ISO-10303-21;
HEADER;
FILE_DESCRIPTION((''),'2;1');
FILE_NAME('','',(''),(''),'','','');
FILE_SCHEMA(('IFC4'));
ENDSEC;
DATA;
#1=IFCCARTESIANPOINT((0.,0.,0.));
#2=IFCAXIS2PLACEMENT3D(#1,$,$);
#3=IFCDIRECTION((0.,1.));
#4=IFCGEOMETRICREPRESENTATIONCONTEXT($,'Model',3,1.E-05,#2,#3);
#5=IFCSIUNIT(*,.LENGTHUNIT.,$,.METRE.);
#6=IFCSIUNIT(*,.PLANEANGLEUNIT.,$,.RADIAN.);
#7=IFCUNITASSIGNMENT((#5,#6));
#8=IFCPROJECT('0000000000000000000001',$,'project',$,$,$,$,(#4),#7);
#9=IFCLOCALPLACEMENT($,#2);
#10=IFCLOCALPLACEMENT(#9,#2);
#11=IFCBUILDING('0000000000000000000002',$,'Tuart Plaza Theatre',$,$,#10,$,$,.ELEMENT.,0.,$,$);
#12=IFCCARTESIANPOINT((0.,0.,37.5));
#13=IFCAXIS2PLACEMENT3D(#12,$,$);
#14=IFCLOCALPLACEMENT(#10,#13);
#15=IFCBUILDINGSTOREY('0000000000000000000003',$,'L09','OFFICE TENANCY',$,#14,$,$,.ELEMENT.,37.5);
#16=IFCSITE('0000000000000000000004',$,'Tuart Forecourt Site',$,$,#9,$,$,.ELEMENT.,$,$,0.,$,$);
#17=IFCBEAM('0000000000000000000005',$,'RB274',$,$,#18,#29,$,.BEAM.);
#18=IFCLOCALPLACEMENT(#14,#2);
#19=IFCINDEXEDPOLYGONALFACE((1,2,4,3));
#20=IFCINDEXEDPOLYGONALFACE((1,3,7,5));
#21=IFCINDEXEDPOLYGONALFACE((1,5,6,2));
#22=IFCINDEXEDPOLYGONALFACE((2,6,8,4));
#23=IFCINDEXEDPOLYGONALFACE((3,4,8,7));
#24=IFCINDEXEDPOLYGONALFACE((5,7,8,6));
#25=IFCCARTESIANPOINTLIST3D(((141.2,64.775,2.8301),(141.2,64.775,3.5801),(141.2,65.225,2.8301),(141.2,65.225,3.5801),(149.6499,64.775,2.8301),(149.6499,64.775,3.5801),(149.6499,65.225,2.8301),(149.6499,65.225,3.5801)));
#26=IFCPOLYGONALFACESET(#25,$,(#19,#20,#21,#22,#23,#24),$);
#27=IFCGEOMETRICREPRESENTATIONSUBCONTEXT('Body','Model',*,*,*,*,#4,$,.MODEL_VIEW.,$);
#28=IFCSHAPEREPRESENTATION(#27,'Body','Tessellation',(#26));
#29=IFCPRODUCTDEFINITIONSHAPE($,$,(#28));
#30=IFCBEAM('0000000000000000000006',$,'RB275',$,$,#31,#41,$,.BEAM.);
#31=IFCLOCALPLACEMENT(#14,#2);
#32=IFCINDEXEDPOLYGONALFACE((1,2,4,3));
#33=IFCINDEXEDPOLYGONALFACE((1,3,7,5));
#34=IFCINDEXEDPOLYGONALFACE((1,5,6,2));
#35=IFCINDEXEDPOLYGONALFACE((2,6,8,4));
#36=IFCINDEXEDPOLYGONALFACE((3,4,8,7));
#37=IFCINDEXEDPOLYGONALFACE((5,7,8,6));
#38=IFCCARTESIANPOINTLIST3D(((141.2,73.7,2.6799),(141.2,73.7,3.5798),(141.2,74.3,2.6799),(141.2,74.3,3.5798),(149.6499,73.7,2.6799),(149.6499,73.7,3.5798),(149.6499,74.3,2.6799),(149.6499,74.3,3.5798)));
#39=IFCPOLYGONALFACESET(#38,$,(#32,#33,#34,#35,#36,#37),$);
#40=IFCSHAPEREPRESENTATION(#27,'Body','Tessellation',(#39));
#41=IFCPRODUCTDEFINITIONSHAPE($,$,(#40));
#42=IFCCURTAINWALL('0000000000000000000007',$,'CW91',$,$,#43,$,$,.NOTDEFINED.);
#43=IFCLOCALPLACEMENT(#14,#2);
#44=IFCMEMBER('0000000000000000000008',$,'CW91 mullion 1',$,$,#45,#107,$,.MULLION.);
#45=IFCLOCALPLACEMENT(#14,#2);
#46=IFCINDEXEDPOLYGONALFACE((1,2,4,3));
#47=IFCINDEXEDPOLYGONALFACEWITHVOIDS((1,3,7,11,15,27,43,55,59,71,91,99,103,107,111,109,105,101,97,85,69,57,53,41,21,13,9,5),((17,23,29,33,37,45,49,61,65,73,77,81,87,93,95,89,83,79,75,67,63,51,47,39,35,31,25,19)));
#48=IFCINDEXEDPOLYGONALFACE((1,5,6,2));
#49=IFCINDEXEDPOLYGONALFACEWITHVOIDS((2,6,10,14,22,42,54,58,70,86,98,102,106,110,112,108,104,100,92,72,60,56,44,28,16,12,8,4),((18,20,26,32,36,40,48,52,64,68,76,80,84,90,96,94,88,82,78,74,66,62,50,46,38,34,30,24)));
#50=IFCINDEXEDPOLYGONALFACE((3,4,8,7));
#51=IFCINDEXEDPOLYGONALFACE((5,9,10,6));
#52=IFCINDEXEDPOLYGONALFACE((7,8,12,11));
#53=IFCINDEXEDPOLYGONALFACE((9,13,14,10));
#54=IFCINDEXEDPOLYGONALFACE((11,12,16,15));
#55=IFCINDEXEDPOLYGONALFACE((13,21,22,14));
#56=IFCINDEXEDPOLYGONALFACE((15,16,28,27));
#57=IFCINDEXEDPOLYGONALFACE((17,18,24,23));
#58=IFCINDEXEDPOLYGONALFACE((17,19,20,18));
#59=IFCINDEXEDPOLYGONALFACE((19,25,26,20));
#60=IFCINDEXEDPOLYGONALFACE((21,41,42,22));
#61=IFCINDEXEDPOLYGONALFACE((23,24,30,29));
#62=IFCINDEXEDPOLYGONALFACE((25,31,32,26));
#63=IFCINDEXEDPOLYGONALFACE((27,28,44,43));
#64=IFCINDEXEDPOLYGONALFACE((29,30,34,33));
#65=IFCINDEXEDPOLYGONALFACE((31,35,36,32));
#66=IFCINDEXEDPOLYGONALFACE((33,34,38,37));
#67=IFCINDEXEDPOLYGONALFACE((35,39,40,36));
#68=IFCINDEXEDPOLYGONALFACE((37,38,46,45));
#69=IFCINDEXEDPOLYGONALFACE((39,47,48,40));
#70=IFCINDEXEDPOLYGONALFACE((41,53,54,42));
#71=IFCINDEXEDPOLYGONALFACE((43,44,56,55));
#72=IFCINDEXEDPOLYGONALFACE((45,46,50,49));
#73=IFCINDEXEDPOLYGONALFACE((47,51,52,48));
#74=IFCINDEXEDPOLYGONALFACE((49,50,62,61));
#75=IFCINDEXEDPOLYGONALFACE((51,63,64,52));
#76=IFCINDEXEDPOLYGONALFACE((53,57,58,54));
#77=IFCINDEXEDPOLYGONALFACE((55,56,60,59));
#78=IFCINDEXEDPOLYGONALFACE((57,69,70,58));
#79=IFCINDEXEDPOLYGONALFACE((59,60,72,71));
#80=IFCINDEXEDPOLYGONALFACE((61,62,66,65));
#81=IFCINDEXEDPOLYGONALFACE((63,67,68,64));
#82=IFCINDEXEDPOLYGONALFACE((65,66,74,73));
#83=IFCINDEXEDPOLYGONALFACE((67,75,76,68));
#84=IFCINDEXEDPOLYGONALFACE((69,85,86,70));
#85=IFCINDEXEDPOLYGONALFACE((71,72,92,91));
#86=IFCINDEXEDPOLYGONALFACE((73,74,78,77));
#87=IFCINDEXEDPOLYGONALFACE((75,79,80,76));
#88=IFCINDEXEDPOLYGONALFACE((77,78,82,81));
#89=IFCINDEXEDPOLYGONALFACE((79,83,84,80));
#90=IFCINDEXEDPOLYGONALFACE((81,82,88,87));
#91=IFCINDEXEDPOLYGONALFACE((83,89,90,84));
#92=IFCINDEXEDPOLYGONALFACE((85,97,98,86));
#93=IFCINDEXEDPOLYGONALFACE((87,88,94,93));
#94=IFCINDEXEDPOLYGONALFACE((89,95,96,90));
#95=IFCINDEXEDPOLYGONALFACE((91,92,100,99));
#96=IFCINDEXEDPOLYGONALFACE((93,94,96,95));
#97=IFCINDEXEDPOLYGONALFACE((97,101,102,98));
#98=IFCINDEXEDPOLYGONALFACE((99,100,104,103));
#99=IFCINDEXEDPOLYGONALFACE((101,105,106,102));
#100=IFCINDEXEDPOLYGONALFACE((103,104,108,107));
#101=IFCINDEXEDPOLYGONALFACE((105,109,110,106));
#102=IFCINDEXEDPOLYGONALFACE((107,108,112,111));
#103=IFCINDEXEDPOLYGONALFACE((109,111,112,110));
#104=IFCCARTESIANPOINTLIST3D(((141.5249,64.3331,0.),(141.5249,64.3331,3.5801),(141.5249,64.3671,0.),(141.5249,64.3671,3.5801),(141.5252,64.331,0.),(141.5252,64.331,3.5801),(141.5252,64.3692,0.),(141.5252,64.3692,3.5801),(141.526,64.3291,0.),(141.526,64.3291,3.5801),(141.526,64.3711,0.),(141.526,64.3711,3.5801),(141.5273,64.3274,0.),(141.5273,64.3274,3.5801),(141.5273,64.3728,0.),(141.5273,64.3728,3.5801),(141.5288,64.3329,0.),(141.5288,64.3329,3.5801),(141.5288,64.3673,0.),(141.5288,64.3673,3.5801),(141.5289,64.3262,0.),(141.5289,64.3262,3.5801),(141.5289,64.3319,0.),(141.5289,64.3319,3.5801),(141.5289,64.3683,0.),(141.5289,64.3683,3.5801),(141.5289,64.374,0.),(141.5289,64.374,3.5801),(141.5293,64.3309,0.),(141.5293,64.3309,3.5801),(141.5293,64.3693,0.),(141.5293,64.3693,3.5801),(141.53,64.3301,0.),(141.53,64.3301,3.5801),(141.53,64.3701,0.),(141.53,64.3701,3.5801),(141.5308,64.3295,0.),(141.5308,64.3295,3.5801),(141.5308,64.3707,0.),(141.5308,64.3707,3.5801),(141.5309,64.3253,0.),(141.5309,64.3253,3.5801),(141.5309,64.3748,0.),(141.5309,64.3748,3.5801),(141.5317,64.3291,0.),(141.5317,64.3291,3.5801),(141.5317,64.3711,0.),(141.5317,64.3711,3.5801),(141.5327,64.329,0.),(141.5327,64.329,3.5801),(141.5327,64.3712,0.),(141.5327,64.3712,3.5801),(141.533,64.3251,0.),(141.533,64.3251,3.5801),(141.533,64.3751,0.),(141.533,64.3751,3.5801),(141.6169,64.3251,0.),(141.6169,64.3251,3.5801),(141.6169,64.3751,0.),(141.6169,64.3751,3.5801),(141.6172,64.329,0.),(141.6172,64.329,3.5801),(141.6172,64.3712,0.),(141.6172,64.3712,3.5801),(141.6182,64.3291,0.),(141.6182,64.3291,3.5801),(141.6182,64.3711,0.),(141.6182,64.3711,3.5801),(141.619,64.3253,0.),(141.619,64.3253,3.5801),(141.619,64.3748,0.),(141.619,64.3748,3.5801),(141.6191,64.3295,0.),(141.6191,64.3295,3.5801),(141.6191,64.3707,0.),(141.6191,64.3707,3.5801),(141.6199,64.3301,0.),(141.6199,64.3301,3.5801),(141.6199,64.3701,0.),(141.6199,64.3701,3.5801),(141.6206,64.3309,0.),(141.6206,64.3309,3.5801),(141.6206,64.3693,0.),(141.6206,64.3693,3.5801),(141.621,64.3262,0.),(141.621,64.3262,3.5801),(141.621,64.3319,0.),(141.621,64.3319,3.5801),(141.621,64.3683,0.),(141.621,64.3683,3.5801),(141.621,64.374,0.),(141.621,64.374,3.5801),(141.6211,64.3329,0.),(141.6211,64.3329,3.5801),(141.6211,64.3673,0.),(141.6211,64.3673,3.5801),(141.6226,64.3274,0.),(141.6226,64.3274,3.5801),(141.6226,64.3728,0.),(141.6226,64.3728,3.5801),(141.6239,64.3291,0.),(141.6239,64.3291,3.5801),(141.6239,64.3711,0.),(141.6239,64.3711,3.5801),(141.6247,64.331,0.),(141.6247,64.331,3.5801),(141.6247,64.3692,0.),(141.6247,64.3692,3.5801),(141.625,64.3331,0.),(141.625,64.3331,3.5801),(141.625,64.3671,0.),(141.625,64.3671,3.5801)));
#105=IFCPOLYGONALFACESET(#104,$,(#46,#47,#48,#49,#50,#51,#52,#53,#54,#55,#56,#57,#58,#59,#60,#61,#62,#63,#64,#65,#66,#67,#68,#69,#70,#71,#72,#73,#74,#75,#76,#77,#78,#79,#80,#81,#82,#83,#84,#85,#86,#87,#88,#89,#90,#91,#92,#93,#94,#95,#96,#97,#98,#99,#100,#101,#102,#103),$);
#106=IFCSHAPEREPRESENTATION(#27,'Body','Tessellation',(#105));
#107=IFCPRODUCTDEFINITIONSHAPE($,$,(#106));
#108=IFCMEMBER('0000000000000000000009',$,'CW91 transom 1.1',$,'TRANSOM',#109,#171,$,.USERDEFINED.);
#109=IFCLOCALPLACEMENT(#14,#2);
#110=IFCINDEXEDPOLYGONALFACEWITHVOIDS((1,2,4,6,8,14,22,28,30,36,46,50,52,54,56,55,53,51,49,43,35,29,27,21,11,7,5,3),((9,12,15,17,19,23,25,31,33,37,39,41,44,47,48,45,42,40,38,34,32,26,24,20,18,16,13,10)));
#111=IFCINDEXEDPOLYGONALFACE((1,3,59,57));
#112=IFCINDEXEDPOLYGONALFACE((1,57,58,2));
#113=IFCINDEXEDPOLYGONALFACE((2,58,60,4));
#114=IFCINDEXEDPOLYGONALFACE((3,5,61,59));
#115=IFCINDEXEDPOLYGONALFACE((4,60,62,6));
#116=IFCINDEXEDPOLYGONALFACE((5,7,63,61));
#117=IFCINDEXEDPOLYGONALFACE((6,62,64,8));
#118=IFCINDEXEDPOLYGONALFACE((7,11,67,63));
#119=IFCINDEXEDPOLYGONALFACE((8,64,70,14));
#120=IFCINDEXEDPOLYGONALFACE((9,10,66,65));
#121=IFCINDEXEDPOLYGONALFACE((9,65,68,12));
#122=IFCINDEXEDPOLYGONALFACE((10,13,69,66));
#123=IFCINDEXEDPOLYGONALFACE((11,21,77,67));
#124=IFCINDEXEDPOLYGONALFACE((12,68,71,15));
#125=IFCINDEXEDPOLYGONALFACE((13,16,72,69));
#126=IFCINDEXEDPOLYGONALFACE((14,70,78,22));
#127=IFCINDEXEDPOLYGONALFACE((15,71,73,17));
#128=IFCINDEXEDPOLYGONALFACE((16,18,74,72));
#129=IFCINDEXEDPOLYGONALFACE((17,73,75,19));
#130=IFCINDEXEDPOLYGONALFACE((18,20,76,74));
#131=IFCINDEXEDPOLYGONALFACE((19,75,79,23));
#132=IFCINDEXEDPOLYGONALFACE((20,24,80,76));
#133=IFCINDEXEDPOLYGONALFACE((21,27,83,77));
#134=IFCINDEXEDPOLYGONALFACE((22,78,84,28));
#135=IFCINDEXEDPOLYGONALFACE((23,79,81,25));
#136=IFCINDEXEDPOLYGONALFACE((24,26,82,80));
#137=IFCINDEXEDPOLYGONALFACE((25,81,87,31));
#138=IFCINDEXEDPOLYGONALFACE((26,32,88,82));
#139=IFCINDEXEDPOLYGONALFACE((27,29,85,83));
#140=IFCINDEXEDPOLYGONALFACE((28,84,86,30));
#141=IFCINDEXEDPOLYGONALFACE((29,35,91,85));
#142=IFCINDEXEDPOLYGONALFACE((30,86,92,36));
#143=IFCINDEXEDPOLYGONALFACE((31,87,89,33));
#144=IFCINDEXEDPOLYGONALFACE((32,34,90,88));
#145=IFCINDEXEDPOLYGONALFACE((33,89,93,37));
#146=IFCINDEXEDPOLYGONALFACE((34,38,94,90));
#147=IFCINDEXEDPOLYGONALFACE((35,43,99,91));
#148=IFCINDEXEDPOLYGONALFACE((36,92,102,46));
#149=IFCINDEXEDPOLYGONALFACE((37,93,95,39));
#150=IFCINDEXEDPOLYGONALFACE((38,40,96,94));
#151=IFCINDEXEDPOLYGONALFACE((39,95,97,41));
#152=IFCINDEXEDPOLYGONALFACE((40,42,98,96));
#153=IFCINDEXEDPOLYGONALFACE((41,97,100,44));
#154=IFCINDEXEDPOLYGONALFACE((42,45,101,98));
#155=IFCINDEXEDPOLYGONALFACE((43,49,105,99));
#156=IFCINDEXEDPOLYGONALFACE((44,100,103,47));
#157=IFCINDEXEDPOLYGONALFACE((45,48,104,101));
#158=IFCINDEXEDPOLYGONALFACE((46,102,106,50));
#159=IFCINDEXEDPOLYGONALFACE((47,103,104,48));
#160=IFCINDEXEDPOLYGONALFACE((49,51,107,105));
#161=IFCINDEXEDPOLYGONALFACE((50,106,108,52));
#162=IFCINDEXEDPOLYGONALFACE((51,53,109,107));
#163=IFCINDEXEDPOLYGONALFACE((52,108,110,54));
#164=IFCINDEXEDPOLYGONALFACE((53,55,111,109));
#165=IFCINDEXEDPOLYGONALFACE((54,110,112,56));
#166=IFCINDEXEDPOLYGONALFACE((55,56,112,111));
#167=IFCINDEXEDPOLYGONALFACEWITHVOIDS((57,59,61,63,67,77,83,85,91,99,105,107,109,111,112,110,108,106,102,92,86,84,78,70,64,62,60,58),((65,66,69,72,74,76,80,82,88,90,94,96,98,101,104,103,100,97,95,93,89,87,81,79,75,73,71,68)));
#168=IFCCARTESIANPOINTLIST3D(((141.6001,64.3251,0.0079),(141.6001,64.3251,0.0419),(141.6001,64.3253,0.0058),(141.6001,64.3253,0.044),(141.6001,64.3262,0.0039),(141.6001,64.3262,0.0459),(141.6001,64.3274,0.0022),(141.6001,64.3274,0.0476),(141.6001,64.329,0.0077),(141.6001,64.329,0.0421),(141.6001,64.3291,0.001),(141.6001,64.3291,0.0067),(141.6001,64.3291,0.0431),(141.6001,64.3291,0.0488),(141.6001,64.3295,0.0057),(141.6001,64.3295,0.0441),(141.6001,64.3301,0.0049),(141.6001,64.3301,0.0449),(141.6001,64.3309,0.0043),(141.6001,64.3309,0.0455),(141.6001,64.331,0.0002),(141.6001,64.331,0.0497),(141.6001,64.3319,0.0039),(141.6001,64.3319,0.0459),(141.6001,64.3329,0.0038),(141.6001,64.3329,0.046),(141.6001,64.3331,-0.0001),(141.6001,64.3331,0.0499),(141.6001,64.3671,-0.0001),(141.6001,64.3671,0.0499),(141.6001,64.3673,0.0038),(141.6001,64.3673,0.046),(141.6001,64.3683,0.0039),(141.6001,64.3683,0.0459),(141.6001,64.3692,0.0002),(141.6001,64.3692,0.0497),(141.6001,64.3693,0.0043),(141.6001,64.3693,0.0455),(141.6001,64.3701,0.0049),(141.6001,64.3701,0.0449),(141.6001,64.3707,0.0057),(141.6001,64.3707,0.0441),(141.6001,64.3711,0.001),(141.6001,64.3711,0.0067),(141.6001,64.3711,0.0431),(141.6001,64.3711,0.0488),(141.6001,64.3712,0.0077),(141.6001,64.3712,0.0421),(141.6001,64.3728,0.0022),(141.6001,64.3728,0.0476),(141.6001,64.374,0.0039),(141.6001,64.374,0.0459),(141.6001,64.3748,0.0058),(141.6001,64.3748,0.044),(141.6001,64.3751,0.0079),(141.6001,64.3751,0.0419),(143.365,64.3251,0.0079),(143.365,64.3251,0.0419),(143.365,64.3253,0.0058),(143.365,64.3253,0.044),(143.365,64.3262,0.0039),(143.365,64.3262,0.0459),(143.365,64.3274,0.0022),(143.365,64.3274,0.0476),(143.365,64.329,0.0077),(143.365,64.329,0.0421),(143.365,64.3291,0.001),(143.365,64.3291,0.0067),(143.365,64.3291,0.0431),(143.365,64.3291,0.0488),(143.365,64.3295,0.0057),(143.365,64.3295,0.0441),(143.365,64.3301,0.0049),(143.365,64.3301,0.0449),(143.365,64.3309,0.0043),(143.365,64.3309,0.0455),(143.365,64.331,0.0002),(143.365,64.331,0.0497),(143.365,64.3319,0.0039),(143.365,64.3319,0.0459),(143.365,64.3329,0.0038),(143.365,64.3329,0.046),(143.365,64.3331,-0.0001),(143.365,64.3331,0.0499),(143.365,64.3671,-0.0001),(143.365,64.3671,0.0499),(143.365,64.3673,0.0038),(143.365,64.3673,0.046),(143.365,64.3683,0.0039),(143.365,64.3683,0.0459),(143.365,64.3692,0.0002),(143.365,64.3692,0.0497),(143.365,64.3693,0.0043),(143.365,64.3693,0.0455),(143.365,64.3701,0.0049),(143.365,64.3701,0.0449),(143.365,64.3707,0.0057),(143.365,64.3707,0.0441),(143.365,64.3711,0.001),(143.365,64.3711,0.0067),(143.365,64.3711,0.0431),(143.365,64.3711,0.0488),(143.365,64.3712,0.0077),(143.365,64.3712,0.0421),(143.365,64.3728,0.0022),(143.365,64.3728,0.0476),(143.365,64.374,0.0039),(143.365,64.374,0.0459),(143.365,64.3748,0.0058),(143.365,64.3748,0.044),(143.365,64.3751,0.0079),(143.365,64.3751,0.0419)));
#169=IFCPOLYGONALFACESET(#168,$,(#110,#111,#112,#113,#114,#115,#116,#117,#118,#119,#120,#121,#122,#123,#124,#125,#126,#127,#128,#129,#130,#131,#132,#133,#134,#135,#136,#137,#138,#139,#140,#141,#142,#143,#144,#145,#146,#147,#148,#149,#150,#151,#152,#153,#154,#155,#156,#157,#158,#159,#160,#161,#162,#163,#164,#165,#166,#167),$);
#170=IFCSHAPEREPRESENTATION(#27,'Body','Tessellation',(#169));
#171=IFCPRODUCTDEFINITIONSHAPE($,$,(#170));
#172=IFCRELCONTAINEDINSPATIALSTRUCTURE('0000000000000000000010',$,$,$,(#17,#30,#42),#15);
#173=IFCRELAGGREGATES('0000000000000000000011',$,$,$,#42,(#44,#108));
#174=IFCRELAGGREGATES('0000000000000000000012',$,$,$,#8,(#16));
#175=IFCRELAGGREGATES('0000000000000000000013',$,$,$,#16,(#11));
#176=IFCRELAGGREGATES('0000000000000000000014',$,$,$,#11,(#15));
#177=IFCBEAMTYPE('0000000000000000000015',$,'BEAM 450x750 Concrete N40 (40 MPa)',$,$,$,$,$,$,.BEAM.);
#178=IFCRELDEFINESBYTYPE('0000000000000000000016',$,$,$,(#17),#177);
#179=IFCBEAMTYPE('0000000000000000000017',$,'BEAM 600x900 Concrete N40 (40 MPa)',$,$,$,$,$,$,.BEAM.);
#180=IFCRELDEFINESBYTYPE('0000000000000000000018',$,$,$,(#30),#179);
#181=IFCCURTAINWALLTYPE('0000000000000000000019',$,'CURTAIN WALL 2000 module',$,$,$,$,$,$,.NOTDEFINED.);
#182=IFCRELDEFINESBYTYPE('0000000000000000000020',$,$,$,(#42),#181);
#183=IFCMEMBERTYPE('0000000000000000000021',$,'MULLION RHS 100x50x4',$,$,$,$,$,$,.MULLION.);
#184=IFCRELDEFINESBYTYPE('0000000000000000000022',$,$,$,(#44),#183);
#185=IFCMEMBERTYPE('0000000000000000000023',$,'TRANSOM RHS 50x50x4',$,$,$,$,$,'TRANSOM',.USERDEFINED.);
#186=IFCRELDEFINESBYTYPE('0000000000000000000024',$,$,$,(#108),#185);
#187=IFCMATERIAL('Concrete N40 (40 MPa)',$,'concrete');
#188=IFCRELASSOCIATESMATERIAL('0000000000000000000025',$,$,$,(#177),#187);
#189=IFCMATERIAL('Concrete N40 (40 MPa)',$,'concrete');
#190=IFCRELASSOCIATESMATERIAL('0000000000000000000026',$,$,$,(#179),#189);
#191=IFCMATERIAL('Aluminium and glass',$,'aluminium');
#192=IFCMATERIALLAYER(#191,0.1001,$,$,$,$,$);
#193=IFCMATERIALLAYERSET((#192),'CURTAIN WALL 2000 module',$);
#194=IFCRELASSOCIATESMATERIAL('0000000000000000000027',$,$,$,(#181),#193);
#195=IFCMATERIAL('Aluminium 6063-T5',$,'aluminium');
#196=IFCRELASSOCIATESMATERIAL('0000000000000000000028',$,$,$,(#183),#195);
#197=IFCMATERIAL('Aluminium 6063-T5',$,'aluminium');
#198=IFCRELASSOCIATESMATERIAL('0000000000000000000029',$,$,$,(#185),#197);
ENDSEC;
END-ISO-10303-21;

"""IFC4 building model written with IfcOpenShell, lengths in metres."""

from ifc_helpers import new_model, si_unit, direction, frame, origin, origin_2d, place, context, subcontext, project, spatial, rectangle, hollow_rectangle, extrude, material, layer, layer_set, material_profile, profile_set, type_object, element, aggregate, save


model = new_model("IFC4")

# Units and contexts
model_context = context("Model", 3, precision=1e-05, world=origin(), true_north=direction((0.0, 1.0)))
body_context = subcontext(model_context, "Body", "Model", "MODEL_VIEW")
ifc_project = project(units=[si_unit("LENGTHUNIT", "METRE"), si_unit("PLANEANGLEUNIT", "RADIAN")], contexts=[model_context])

# Site, building, storey
site_placement = place(None, origin())
site = spatial("IfcSite", under=ifc_project, at=site_placement, Name="Tuart Forecourt Site", CompositionType="ELEMENT", RefElevation=0.0)
building_placement = place(site_placement, origin())
building = spatial("IfcBuilding", under=site, at=building_placement, Name="Tuart Plaza Theatre", CompositionType="ELEMENT", ElevationOfRefHeight=0.0)
storey_placement = place(building_placement, frame((0.0, 0.0, 37.5)))
storey = spatial("IfcBuildingStorey", under=building, at=storey_placement, Name="L09", Description="OFFICE TENANCY", CompositionType="ELEMENT", Elevation=37.5)

# Beams
ifc_material_1 = material(Name="Concrete N40 (40 MPa)", Category="concrete")
ifc_material_profile_1 = material_profile(ifc_material_1, rectangle(XDim=0.45, YDim=0.75, at=origin_2d()), Name="BEAM 450x750 Concrete N40 (40 MPa)")
ifc_profile_set_1 = profile_set([ifc_material_profile_1], Name="Concrete N40 (40 MPa)")
beam_type_1 = type_object("IfcBeamType", Name="BEAM 450x750 Concrete N40 (40 MPa)", PredefinedType="BEAM", material=ifc_profile_set_1)
beam_1_placement = place(storey_placement, frame((141.2, 65.0, 3.2051), z_axis=(1.0, 0.0, 0.0), x_axis=(0.0, 1.0, 0.0)))
element("IfcBeam", 1, at=beam_1_placement, inside=storey, type_object=beam_type_1, Name="RB274", PredefinedType="BEAM", context=body_context, shape_type="SweptSolid", body=[
    extrude(rectangle(XDim=0.45, YDim=0.75, at=origin_2d()), origin(), (0.0, 0.0, 1.0), 8.45),
])
ifc_material_2 = material(Name="Concrete N40 (40 MPa)", Category="concrete")
ifc_material_profile_2 = material_profile(ifc_material_2, rectangle(XDim=0.6001, YDim=0.8999, at=origin_2d()), Name="BEAM 600x900 Concrete N40 (40 MPa)")
ifc_profile_set_2 = profile_set([ifc_material_profile_2], Name="Concrete N40 (40 MPa)")
beam_type_2 = type_object("IfcBeamType", Name="BEAM 600x900 Concrete N40 (40 MPa)", PredefinedType="BEAM", material=ifc_profile_set_2)
beam_2_placement = place(storey_placement, frame((141.2, 74.0, 3.1299), z_axis=(1.0, 0.0, 0.0), x_axis=(0.0, 1.0, 0.0)))
element("IfcBeam", 2, at=beam_2_placement, inside=storey, type_object=beam_type_2, Name="RB275", PredefinedType="BEAM", context=body_context, shape_type="SweptSolid", body=[
    extrude(rectangle(XDim=0.6001, YDim=0.8999, at=origin_2d()), origin(), (0.0, 0.0, 1.0), 8.45),
])

# Curtain wall, members
ifc_material_3 = material(Name="Aluminium and glass", Category="aluminium")
ifc_layer_1 = layer(ifc_material_3, 0.1001)
ifc_layer_set_1 = layer_set([ifc_layer_1], Name="CURTAIN WALL 2000 module")
curtain_wall_type = type_object("IfcCurtainWallType", Name="CURTAIN WALL 2000 module", PredefinedType="NOTDEFINED", material=ifc_layer_set_1)
curtain_wall_placement = place(storey_placement, origin())
curtain_wall = element("IfcCurtainWall", 3, at=curtain_wall_placement, inside=storey, type_object=curtain_wall_type, Name="CW91", PredefinedType="NOTDEFINED")
ifc_material_4 = material(Name="Aluminium 6063-T5", Category="aluminium")
ifc_material_profile_3 = material_profile(ifc_material_4, hollow_rectangle(XDim=0.05, YDim=0.1001, WallThickness=0.0039, InnerFilletRadius=0.0039, OuterFilletRadius=0.0081, at=origin_2d()), Name="RHS 100x50x4")
ifc_profile_set_3 = profile_set([ifc_material_profile_3], Name="Aluminium 6063-T5")
member_type_1 = type_object("IfcMemberType", Name="MULLION RHS 100x50x4", PredefinedType="MULLION", material=ifc_profile_set_3)
member_1_placement = place(storey_placement, frame((141.575, 64.3501, 0.0), z_axis=(0.0, 0.0, 1.0), x_axis=(0.0, 1.0, 0.0)))
member_1 = element("IfcMember", 4, at=member_1_placement, type_object=member_type_1, Name="CW91 mullion 1", PredefinedType="MULLION", context=body_context, shape_type="SweptSolid", body=[
    extrude(hollow_rectangle(XDim=0.05, YDim=0.1001, WallThickness=0.0039, InnerFilletRadius=0.0039, OuterFilletRadius=0.0081, at=origin_2d()), origin(), (0.0, 0.0, 1.0), 3.5801),
])
ifc_material_5 = material(Name="Aluminium 6063-T5", Category="aluminium")
ifc_material_profile_4 = material_profile(ifc_material_5, hollow_rectangle(XDim=0.05, YDim=0.05, WallThickness=0.0039, InnerFilletRadius=0.0039, OuterFilletRadius=0.0081, at=origin_2d()), Name="RHS 50x50x4")
ifc_profile_set_4 = profile_set([ifc_material_profile_4], Name="Aluminium 6063-T5")
member_type_2 = type_object("IfcMemberType", Name="TRANSOM RHS 50x50x4", ElementType="TRANSOM", PredefinedType="USERDEFINED", material=ifc_profile_set_4)
member_2_placement = place(storey_placement, frame((141.6001, 64.3501, 0.0249), z_axis=(1.0, 0.0, 0.0), x_axis=(0.0, 1.0, 0.0)))
member_2 = element("IfcMember", 5, at=member_2_placement, type_object=member_type_2, Name="CW91 transom 1.1", ObjectType="TRANSOM", PredefinedType="USERDEFINED", context=body_context, shape_type="SweptSolid", body=[
    extrude(hollow_rectangle(XDim=0.05, YDim=0.05, WallThickness=0.0039, InnerFilletRadius=0.0039, OuterFilletRadius=0.0081, at=origin_2d()), origin(), (0.0, 0.0, 1.0), 1.7649),
])
aggregate(curtain_wall, [member_1, member_2])

save(model, "model.ifc")
